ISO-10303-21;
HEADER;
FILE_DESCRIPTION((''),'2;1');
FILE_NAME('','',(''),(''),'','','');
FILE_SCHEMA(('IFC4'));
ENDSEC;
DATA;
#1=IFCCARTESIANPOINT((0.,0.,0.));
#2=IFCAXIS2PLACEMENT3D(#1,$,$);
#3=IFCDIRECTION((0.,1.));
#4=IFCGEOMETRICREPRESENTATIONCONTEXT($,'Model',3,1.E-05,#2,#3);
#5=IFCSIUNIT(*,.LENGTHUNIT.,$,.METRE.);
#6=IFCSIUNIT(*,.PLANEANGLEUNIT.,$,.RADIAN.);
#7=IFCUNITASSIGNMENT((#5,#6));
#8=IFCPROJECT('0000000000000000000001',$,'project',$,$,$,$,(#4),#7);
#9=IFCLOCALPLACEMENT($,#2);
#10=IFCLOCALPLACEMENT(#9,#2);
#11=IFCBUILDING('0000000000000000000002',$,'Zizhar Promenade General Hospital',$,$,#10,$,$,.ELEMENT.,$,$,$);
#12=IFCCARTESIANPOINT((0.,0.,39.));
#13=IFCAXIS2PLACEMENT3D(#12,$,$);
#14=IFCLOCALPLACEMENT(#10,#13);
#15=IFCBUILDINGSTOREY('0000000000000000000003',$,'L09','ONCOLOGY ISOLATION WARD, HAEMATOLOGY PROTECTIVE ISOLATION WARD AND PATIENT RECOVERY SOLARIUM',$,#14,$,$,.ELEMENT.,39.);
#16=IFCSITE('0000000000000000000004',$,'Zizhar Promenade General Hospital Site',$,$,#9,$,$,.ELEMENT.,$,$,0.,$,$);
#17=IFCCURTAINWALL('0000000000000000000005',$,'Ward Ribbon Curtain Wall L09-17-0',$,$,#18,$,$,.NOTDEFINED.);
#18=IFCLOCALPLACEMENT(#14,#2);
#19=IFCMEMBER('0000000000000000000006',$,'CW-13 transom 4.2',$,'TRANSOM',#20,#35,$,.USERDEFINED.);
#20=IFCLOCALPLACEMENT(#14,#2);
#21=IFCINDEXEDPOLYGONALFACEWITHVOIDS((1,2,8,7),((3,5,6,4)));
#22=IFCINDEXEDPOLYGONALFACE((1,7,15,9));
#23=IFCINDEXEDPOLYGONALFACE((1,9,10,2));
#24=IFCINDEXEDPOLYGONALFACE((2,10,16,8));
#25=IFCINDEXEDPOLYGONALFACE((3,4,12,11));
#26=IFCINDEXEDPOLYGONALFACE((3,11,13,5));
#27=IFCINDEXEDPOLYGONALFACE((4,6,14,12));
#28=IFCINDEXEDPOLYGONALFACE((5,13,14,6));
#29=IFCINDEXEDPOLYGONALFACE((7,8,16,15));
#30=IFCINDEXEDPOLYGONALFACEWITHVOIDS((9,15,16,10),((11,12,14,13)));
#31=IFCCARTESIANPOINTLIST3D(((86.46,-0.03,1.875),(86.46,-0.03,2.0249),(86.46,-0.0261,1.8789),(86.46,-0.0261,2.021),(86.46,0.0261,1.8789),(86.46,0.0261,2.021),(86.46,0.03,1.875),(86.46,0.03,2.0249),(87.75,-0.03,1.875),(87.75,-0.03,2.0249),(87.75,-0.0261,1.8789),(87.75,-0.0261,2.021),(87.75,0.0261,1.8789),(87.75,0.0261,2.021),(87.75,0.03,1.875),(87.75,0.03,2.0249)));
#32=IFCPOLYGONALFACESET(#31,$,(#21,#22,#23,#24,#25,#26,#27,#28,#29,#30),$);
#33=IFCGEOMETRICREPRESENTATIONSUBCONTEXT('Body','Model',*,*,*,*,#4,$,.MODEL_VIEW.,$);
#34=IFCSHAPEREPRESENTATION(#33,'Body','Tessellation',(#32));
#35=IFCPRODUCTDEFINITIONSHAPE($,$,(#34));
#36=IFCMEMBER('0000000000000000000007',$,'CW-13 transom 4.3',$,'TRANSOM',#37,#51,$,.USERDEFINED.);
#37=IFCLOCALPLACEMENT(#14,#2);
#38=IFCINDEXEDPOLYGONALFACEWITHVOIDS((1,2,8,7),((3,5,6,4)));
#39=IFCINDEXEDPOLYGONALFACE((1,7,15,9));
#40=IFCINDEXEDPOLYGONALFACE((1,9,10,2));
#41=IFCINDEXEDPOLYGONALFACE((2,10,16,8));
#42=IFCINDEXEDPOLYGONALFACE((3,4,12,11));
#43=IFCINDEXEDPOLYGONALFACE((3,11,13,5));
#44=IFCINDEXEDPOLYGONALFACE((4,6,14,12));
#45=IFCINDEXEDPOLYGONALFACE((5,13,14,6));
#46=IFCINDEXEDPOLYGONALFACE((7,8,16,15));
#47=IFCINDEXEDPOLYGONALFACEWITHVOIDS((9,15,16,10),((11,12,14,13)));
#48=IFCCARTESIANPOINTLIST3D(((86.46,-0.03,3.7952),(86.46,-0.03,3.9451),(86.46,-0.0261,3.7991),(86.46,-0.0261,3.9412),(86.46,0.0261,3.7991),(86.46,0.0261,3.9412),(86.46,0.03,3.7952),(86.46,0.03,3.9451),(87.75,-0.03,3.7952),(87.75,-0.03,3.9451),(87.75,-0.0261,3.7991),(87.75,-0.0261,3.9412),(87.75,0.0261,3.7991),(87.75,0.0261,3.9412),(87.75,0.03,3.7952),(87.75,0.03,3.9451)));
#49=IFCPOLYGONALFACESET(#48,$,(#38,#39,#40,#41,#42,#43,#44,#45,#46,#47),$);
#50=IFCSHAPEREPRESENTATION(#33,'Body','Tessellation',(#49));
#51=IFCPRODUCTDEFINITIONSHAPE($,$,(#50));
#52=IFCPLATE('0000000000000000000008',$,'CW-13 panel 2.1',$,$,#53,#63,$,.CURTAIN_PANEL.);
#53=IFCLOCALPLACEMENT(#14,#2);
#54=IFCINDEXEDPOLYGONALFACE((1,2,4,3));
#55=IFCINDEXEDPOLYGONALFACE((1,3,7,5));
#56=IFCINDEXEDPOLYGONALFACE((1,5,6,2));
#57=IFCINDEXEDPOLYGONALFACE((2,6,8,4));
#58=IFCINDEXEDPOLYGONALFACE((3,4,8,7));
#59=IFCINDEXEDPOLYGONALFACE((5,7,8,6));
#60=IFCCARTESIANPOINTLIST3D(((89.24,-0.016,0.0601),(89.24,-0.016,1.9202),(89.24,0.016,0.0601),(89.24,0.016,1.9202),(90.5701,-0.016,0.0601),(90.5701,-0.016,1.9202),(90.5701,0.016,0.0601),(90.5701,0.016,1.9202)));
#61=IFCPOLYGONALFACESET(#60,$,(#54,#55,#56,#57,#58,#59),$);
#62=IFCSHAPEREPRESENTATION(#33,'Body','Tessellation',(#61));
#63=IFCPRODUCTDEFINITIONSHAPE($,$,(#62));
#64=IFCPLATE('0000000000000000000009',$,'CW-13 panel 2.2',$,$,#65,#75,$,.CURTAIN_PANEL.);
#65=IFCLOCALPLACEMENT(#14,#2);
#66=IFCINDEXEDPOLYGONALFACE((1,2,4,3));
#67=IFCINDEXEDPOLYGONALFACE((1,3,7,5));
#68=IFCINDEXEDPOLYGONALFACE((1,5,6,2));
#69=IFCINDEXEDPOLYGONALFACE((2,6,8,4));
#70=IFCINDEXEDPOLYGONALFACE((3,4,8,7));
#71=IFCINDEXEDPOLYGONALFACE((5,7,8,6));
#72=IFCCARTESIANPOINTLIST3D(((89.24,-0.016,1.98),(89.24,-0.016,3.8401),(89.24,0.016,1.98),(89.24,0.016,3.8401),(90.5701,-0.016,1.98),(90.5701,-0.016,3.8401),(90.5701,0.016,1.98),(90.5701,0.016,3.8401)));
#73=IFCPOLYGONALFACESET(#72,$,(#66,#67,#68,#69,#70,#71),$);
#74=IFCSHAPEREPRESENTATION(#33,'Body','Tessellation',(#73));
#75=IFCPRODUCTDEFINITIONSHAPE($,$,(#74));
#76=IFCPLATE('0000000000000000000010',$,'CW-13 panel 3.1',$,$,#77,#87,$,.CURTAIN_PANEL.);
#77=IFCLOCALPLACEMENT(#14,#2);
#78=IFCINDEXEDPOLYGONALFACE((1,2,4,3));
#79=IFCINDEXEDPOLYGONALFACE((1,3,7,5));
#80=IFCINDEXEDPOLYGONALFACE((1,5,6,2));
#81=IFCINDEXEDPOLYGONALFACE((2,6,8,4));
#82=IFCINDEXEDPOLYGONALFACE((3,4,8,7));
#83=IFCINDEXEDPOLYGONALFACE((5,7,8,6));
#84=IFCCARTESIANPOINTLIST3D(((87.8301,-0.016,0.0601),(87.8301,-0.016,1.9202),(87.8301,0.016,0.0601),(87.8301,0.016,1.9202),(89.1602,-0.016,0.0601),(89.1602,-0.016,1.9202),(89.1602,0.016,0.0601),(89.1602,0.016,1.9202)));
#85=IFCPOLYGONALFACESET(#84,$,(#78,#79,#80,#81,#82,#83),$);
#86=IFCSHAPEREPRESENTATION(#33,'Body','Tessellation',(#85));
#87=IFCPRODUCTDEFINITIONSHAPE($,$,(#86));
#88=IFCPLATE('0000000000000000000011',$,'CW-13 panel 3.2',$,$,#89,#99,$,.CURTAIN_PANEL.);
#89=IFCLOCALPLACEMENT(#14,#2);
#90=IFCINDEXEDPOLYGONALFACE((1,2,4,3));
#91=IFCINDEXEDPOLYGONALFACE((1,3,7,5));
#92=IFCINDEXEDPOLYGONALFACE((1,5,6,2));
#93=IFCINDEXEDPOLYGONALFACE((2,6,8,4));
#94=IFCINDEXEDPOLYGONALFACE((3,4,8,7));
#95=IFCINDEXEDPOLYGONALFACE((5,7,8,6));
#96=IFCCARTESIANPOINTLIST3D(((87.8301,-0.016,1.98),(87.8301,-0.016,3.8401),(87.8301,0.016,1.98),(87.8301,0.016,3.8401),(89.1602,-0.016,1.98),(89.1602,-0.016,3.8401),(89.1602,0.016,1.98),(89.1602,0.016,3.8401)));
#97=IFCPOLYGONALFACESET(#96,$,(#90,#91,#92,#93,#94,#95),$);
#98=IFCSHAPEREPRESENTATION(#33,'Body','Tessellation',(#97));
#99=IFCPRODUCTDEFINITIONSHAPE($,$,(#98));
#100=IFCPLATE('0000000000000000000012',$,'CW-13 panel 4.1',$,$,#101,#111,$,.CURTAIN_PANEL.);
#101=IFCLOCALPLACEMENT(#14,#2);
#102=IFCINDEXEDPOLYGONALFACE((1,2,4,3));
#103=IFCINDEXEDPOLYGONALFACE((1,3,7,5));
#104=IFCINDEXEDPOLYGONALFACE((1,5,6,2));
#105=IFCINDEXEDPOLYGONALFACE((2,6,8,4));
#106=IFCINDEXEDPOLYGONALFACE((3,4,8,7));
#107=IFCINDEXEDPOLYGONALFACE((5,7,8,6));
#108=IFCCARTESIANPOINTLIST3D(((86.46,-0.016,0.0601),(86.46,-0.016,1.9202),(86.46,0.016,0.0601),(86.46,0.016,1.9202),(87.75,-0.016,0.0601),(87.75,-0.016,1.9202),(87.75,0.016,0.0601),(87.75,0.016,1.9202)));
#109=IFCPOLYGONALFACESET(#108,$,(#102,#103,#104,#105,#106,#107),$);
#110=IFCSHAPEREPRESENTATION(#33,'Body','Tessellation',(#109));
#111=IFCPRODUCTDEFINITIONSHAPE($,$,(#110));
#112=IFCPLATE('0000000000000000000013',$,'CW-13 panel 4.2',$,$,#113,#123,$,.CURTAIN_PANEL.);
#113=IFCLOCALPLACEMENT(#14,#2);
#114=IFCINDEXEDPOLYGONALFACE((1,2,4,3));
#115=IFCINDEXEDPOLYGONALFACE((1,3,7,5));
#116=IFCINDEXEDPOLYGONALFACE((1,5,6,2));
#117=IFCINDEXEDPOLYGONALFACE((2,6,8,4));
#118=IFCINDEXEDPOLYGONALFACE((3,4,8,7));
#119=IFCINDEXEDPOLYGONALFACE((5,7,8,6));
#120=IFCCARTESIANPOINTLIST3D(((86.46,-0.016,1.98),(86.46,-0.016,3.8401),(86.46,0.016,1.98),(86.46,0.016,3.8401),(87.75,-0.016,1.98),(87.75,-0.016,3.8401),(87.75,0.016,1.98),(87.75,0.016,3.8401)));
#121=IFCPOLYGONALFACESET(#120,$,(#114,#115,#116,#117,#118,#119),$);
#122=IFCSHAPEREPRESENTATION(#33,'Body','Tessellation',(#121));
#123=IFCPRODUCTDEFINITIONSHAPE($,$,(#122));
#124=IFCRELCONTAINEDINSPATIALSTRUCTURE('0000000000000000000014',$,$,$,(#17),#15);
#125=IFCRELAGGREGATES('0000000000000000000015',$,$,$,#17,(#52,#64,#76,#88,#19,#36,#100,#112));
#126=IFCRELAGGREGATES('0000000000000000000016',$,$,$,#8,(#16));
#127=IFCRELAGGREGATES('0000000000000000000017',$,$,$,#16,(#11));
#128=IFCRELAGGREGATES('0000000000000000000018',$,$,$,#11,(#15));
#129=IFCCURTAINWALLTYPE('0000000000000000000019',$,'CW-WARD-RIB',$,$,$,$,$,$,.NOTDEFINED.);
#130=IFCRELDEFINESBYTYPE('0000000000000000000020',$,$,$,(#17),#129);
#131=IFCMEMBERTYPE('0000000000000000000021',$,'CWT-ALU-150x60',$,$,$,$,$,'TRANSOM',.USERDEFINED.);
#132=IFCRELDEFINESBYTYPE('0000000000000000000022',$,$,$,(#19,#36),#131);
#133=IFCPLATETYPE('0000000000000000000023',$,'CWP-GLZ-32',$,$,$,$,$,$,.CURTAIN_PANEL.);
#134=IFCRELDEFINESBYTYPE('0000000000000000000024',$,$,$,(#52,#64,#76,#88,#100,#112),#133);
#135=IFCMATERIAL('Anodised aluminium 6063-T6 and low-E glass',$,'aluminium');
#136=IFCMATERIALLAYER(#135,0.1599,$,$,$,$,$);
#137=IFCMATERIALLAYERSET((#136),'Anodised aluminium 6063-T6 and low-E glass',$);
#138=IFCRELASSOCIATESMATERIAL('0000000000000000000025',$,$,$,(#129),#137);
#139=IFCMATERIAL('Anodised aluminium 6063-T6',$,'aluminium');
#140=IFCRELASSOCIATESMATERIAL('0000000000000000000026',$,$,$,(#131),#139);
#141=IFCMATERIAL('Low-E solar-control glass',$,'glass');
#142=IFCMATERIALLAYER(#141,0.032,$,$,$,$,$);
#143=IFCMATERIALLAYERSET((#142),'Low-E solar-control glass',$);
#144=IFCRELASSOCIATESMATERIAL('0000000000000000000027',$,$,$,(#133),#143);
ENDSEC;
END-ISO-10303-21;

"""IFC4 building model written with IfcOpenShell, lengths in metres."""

from ifc_helpers import new_model, si_unit, direction, frame, origin, origin_2d, place, context, subcontext, project, spatial, rectangle, hollow_rectangle, extrude, material, layer, layer_set, material_profile, profile_set, type_object, element, aggregate, save


model = new_model("IFC4")

# Units and contexts
model_context = context("Model", 3, precision=1e-05, world=origin(), true_north=direction((0.0, 1.0)))
body_context = subcontext(model_context, "Body", "Model", "MODEL_VIEW")
ifc_project = project(units=[si_unit("LENGTHUNIT", "METRE"), si_unit("PLANEANGLEUNIT", "RADIAN")], contexts=[model_context])

# Site, building, storey
site_placement = place(None, origin())
site = spatial("IfcSite", under=ifc_project, at=site_placement, Name="Zizhar Promenade General Hospital Site", CompositionType="ELEMENT", RefElevation=0.0)
building_placement = place(site_placement, origin())
building = spatial("IfcBuilding", under=site, at=building_placement, Name="Zizhar Promenade General Hospital", CompositionType="ELEMENT")
storey_placement = place(building_placement, frame((0.0, 0.0, 39.0)))
storey = spatial("IfcBuildingStorey", under=building, at=storey_placement, Name="L09", Description="ONCOLOGY ISOLATION WARD, HAEMATOLOGY PROTECTIVE ISOLATION WARD AND PATIENT RECOVERY SOLARIUM", CompositionType="ELEMENT", Elevation=39.0)

# Curtain wall, members, plates
ifc_material_1 = material(Name="Anodised aluminium 6063-T6 and low-E glass", Category="aluminium")
ifc_layer_1 = layer(ifc_material_1, 0.1599)
ifc_layer_set_1 = layer_set([ifc_layer_1], Name="Anodised aluminium 6063-T6 and low-E glass")
curtain_wall_type = type_object("IfcCurtainWallType", Name="CW-WARD-RIB", PredefinedType="NOTDEFINED", material=ifc_layer_set_1)
curtain_wall_placement = place(storey_placement, origin())
curtain_wall = element("IfcCurtainWall", 1, at=curtain_wall_placement, inside=storey, type_object=curtain_wall_type, Name="Ward Ribbon Curtain Wall L09-17-0", PredefinedType="NOTDEFINED")
ifc_material_2 = material(Name="Anodised aluminium 6063-T6", Category="aluminium")
ifc_material_profile_1 = material_profile(ifc_material_2, hollow_rectangle(XDim=0.0601, YDim=0.1499, WallThickness=0.0039, at=origin_2d()))
ifc_profile_set_1 = profile_set([ifc_material_profile_1], Name="Anodised aluminium 6063-T6")
member_type_1 = type_object("IfcMemberType", Name="CWT-ALU-150x60", ElementType="TRANSOM", PredefinedType="USERDEFINED", material=ifc_profile_set_1)
member_1_placement = place(storey_placement, frame((87.75, 0.0, 1.95), z_axis=(-1.0, 0.0, 0.0), x_axis=(0.0, -1.0, 0.0)))
member_1 = element("IfcMember", 2, at=member_1_placement, type_object=member_type_1, Name="CW-13 transom 4.2", ObjectType="TRANSOM", PredefinedType="USERDEFINED", context=body_context, shape_type="SweptSolid", body=[
    extrude(hollow_rectangle(XDim=0.0601, YDim=0.1499, WallThickness=0.0039, at=origin_2d()), origin(), (0.0, 0.0, 1.0), 1.29),
])
member_2_placement = place(storey_placement, frame((87.75, 0.0, 3.8701), z_axis=(-1.0, 0.0, 0.0), x_axis=(0.0, -1.0, 0.0)))
member_2 = element("IfcMember", 3, at=member_2_placement, type_object=member_type_1, Name="CW-13 transom 4.3", ObjectType="TRANSOM", PredefinedType="USERDEFINED", context=body_context, shape_type="SweptSolid", body=[
    extrude(hollow_rectangle(XDim=0.0601, YDim=0.1499, WallThickness=0.0039, at=origin_2d()), origin(), (0.0, 0.0, 1.0), 1.29),
])
ifc_material_3 = material(Name="Low-E solar-control glass", Category="glass")
ifc_layer_2 = layer(ifc_material_3, 0.032)
ifc_layer_set_2 = layer_set([ifc_layer_2], Name="Low-E solar-control glass")
plate_type = type_object("IfcPlateType", Name="CWP-GLZ-32", PredefinedType="CURTAIN_PANEL", material=ifc_layer_set_2)
plate_1_placement = place(storey_placement, frame((89.905, 0.0, 0.0601), z_axis=(0.0, 0.0, 1.0), x_axis=(-1.0, 0.0, 0.0)))
plate_1 = element("IfcPlate", 4, at=plate_1_placement, type_object=plate_type, Name="CW-13 panel 2.1", PredefinedType="CURTAIN_PANEL", context=body_context, shape_type="SweptSolid", body=[
    extrude(rectangle(XDim=1.3301, YDim=0.032, at=origin_2d()), origin(), (0.0, 0.0, 1.0), 1.8601),
])
plate_2_placement = place(storey_placement, frame((89.905, 0.0, 1.98), z_axis=(0.0, 0.0, 1.0), x_axis=(-1.0, 0.0, 0.0)))
plate_2 = element("IfcPlate", 5, at=plate_2_placement, type_object=plate_type, Name="CW-13 panel 2.2", PredefinedType="CURTAIN_PANEL", context=body_context, shape_type="SweptSolid", body=[
    extrude(rectangle(XDim=1.3301, YDim=0.032, at=origin_2d()), origin(), (0.0, 0.0, 1.0), 1.8601),
])
plate_3_placement = place(storey_placement, frame((88.4951, 0.0, 0.0601), z_axis=(0.0, 0.0, 1.0), x_axis=(-1.0, 0.0, 0.0)))
plate_3 = element("IfcPlate", 6, at=plate_3_placement, type_object=plate_type, Name="CW-13 panel 3.1", PredefinedType="CURTAIN_PANEL", context=body_context, shape_type="SweptSolid", body=[
    extrude(rectangle(XDim=1.3301, YDim=0.032, at=origin_2d()), origin(), (0.0, 0.0, 1.0), 1.8601),
])
plate_4_placement = place(storey_placement, frame((88.4951, 0.0, 1.98), z_axis=(0.0, 0.0, 1.0), x_axis=(-1.0, 0.0, 0.0)))
plate_4 = element("IfcPlate", 7, at=plate_4_placement, type_object=plate_type, Name="CW-13 panel 3.2", PredefinedType="CURTAIN_PANEL", context=body_context, shape_type="SweptSolid", body=[
    extrude(rectangle(XDim=1.3301, YDim=0.032, at=origin_2d()), origin(), (0.0, 0.0, 1.0), 1.8601),
])
plate_5_placement = place(storey_placement, frame((87.105, 0.0, 0.0601), z_axis=(0.0, 0.0, 1.0), x_axis=(-1.0, 0.0, 0.0)))
plate_5 = element("IfcPlate", 8, at=plate_5_placement, type_object=plate_type, Name="CW-13 panel 4.1", PredefinedType="CURTAIN_PANEL", context=body_context, shape_type="SweptSolid", body=[
    extrude(rectangle(XDim=1.29, YDim=0.032, at=origin_2d()), origin(), (0.0, 0.0, 1.0), 1.8601),
])
plate_6_placement = place(storey_placement, frame((87.105, 0.0, 1.98), z_axis=(0.0, 0.0, 1.0), x_axis=(-1.0, 0.0, 0.0)))
plate_6 = element("IfcPlate", 9, at=plate_6_placement, type_object=plate_type, Name="CW-13 panel 4.2", PredefinedType="CURTAIN_PANEL", context=body_context, shape_type="SweptSolid", body=[
    extrude(rectangle(XDim=1.29, YDim=0.032, at=origin_2d()), origin(), (0.0, 0.0, 1.0), 1.8601),
])
aggregate(curtain_wall, [plate_1, plate_2, plate_3, plate_4, member_1, member_2, plate_5, plate_6])

save(model, "model.ifc")
